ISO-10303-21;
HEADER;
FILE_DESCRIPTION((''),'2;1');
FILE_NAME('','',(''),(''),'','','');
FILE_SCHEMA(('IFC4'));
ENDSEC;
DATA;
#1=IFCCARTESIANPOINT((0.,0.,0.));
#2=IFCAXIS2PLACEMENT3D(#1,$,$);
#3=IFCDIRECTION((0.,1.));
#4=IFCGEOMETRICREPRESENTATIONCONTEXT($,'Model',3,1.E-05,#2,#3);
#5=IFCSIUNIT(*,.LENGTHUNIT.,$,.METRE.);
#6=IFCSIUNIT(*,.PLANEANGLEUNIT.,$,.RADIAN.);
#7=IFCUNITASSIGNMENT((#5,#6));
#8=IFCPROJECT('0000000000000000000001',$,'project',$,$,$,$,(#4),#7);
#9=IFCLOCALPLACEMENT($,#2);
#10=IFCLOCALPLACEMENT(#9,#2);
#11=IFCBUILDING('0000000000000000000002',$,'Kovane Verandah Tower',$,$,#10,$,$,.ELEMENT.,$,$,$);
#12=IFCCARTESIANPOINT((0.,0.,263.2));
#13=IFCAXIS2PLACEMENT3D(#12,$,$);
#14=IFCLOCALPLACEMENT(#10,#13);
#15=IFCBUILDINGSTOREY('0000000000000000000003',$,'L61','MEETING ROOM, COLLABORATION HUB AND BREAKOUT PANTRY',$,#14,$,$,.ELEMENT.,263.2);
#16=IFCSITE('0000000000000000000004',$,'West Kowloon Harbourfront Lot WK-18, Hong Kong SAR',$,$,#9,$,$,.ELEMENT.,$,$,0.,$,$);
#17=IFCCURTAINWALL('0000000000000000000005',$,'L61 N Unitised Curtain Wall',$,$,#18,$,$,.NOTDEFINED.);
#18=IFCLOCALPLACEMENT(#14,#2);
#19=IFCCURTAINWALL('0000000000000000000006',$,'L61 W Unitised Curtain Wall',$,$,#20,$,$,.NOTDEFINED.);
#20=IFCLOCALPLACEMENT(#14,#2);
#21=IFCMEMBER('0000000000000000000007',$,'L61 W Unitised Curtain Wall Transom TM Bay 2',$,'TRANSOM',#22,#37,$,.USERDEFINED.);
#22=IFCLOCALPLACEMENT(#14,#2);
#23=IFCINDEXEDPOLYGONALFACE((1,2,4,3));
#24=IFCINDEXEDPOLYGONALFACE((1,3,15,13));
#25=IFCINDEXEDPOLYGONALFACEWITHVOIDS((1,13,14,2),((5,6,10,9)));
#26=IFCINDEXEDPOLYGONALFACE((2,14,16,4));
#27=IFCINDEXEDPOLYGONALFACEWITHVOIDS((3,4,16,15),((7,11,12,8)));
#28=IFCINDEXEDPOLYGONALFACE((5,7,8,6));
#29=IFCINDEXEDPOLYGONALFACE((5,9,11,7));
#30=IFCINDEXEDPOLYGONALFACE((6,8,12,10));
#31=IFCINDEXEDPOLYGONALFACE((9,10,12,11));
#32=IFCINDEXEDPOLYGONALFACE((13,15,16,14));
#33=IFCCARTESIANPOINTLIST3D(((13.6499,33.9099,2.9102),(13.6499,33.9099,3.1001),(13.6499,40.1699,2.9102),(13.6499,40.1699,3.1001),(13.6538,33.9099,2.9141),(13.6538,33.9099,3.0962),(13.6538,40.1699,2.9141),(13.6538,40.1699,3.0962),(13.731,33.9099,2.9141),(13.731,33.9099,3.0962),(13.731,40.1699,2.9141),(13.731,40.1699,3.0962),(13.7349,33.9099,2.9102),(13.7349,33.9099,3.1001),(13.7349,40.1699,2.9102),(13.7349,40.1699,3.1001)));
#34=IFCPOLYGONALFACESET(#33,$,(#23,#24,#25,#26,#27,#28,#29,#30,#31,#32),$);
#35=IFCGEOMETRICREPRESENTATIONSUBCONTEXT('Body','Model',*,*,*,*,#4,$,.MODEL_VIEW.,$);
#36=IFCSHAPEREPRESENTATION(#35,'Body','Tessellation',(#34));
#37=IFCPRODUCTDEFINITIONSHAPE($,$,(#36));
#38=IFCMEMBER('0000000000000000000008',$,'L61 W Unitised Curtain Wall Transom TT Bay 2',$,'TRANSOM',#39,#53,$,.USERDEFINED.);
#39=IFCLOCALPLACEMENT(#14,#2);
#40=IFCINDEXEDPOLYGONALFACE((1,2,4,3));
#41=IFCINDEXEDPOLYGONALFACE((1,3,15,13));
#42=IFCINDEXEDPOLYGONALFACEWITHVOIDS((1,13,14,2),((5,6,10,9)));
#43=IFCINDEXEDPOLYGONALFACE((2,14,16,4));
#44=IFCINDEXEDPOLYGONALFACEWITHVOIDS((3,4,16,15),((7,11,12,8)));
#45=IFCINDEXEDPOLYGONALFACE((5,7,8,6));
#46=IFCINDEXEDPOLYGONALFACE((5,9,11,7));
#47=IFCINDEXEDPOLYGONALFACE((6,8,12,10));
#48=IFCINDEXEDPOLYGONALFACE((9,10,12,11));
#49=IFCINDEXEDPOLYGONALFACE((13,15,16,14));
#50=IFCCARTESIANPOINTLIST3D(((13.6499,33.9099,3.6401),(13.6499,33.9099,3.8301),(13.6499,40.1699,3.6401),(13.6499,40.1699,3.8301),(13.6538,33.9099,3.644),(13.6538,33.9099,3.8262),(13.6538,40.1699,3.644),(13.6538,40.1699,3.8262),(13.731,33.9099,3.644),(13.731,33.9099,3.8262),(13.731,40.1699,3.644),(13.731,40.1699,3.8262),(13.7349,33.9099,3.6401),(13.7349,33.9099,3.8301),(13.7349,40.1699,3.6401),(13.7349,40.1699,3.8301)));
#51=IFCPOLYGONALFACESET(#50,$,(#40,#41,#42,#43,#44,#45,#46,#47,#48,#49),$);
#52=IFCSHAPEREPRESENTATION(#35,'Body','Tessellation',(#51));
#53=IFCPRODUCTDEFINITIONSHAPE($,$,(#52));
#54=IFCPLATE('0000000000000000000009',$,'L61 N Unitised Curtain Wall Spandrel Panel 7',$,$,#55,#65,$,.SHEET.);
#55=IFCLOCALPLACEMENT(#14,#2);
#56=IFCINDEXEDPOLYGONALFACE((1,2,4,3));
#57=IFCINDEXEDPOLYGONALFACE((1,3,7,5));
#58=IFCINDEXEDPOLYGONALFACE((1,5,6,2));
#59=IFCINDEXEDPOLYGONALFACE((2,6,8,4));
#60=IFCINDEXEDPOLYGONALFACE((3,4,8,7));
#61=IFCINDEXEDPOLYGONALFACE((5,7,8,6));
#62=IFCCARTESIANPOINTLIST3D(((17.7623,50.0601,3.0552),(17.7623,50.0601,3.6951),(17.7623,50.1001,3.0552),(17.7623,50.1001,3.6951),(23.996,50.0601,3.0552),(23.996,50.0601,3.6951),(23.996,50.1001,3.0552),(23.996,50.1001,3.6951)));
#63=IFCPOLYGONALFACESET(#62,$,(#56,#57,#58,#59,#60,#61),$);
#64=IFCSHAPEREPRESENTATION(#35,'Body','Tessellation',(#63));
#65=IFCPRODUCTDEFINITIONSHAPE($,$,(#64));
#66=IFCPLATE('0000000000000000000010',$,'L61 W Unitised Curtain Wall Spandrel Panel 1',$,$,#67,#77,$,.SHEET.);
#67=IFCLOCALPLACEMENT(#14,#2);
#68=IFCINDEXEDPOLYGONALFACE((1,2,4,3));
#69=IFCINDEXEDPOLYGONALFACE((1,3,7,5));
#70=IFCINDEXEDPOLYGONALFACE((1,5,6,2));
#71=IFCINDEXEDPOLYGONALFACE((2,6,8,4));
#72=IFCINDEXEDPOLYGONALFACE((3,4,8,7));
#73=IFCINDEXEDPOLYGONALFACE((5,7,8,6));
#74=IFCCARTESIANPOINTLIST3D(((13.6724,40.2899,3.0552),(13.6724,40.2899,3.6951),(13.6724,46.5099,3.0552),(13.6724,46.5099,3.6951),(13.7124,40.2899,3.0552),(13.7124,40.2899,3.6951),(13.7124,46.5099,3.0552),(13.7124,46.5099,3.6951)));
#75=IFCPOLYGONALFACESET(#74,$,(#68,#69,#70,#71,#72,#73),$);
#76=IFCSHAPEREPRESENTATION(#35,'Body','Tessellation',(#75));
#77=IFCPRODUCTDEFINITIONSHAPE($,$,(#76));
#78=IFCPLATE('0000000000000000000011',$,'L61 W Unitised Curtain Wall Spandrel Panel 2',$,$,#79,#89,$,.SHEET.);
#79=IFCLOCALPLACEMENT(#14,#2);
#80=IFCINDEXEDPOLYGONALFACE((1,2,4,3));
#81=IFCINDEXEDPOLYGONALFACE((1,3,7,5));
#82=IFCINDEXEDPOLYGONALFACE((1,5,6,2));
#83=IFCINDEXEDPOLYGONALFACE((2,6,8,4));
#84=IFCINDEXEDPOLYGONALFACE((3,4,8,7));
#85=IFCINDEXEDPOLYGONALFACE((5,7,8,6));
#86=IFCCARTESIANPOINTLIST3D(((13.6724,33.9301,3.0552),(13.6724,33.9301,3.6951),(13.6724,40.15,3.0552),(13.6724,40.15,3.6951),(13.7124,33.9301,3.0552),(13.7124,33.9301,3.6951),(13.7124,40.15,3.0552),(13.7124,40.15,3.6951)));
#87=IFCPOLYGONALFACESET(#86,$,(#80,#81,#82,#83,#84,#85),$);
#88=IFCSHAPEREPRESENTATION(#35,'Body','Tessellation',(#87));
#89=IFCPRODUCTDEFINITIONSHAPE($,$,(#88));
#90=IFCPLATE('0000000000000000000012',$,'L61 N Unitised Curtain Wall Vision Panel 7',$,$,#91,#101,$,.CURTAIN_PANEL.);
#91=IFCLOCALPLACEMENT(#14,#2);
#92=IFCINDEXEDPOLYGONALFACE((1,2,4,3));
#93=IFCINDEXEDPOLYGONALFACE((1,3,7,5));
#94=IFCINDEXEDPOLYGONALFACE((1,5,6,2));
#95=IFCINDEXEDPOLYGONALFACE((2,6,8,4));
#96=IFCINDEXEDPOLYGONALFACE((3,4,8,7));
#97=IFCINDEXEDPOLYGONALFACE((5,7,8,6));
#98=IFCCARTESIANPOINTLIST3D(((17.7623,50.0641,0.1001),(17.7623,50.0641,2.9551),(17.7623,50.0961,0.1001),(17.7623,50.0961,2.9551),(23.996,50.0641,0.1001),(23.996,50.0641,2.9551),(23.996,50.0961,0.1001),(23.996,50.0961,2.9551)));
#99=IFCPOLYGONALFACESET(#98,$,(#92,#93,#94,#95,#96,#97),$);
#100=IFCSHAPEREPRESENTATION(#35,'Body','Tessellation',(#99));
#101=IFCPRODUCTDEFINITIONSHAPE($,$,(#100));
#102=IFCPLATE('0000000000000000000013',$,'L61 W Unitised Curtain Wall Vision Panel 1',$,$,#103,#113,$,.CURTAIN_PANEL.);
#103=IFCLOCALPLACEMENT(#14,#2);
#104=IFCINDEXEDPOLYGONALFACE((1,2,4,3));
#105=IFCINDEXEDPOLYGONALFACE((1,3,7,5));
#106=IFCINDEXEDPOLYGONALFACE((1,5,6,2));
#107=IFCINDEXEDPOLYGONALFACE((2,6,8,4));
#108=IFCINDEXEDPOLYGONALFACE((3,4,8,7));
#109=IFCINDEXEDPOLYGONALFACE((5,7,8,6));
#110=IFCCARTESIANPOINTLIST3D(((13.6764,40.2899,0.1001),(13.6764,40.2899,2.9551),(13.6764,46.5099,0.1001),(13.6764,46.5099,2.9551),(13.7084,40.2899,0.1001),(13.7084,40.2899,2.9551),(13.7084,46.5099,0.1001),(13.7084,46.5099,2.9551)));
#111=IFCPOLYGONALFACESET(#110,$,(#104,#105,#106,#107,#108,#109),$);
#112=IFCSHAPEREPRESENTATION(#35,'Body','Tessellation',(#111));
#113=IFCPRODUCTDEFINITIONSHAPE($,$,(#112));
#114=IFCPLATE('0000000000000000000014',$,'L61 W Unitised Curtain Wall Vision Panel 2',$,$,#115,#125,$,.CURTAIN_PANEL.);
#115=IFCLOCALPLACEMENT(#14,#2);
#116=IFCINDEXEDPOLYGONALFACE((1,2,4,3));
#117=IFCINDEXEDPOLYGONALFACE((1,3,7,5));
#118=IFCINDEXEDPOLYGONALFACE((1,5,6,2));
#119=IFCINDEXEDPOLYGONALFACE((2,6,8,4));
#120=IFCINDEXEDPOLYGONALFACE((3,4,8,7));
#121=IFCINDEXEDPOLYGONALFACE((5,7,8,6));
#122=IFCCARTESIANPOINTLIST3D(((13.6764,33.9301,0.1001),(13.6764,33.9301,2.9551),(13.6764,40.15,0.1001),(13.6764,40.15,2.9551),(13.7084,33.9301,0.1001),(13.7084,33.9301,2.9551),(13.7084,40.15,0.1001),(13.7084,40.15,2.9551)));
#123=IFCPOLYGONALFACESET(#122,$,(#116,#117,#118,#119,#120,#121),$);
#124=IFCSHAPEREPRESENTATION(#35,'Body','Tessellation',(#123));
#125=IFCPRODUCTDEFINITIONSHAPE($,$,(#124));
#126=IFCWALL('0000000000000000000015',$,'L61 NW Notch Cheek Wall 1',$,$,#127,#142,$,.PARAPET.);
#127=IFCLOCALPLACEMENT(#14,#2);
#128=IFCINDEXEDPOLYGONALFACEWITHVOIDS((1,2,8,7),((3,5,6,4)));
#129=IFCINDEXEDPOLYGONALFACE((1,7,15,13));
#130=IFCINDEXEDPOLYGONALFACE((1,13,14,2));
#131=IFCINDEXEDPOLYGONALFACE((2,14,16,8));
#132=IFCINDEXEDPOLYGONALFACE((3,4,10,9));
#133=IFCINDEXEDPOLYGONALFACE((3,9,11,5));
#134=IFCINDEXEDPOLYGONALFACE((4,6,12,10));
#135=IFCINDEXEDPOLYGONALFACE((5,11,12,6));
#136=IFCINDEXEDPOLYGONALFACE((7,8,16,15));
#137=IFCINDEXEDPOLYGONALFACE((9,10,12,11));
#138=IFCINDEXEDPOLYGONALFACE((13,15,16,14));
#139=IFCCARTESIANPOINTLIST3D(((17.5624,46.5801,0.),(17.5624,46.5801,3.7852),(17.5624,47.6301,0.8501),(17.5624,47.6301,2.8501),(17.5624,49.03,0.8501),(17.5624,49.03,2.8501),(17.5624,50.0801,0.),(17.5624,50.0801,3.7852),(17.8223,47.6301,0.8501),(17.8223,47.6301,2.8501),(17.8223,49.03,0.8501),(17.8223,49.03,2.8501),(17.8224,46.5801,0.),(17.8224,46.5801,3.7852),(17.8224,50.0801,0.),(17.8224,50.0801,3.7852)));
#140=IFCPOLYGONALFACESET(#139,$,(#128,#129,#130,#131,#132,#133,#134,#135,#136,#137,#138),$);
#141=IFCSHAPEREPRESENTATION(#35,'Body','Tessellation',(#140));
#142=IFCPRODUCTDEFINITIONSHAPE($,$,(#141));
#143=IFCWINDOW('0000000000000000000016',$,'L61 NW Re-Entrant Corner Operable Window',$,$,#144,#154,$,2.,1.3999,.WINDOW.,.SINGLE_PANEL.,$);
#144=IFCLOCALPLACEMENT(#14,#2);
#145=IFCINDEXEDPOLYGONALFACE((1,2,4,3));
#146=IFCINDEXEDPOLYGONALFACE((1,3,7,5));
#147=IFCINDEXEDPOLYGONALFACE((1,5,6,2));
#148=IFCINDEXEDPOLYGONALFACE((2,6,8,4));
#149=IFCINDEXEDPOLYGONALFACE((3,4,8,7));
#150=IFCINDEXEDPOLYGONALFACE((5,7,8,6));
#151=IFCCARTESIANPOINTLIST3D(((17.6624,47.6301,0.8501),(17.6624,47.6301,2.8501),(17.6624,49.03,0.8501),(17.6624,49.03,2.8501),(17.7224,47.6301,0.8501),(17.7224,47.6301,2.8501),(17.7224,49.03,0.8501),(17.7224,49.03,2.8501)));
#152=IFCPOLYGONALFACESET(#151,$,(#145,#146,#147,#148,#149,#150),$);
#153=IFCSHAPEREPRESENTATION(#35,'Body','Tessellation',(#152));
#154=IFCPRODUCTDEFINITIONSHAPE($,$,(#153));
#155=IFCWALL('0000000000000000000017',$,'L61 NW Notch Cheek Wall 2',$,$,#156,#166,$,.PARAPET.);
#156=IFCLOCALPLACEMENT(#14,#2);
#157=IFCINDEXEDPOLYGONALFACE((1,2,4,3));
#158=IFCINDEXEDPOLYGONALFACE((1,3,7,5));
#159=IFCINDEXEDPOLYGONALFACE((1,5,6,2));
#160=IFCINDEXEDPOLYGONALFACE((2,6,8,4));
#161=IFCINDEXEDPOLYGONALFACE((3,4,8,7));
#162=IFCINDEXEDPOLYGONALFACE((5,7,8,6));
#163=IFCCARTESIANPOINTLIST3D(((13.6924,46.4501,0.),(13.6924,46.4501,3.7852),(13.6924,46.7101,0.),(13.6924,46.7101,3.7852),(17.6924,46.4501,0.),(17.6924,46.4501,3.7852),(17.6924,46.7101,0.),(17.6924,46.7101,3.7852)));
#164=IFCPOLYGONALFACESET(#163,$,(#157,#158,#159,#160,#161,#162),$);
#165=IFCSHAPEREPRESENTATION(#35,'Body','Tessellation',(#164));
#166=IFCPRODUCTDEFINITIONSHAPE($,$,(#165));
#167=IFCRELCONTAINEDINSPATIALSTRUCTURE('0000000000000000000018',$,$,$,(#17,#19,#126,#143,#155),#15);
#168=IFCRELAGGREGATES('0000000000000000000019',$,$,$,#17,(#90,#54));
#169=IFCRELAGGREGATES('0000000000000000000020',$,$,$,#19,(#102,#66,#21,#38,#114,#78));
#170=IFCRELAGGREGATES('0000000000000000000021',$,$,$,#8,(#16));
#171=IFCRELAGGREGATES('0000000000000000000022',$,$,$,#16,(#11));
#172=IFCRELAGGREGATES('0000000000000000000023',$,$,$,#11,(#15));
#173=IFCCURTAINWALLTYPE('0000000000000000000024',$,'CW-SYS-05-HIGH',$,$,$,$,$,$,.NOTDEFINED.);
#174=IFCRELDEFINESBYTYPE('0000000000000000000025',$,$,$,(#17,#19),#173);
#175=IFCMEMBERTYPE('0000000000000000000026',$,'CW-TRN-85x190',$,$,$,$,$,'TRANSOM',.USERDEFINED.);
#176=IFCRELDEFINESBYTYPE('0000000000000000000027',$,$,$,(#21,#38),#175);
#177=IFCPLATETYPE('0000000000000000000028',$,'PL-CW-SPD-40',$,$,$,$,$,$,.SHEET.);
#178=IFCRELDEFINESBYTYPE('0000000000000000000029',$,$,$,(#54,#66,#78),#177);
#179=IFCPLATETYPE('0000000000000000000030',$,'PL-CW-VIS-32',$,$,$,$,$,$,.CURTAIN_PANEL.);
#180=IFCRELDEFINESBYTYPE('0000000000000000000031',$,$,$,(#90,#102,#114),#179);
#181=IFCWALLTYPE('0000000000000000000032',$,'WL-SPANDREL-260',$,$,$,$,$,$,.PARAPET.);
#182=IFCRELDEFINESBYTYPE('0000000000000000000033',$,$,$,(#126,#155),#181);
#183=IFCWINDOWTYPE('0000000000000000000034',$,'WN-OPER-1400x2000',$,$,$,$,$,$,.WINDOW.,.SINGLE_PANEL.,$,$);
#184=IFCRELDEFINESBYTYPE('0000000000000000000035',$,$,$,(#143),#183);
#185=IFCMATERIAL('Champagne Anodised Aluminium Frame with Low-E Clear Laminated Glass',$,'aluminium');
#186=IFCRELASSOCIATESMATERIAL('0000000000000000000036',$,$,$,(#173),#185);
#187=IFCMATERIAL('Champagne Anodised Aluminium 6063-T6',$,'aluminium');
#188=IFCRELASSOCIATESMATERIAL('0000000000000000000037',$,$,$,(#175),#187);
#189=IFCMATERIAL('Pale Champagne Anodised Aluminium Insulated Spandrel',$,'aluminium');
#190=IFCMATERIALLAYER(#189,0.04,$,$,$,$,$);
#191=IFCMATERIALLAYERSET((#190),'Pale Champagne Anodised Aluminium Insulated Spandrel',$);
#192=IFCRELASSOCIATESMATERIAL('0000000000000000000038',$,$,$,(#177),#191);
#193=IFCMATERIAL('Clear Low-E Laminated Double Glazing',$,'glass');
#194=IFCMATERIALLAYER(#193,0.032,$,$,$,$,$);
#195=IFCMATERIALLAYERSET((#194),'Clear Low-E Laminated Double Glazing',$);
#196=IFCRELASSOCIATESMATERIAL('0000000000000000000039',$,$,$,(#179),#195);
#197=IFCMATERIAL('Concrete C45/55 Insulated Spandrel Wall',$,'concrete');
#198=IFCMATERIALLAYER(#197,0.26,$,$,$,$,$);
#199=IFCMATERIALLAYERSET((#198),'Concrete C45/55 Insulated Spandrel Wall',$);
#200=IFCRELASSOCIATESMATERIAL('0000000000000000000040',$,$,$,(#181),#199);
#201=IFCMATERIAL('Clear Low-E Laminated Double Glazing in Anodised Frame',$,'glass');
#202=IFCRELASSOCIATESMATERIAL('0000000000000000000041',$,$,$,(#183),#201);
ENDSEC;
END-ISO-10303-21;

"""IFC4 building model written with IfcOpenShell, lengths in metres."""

from ifc_helpers import new_model, si_unit, direction, frame, frame_2d, origin, origin_2d, place, context, subcontext, project, spatial, rectangle, hollow_rectangle, extrude, material, layer, layer_set, material_profile, profile_set, type_object, element, fill, aggregate, save


model = new_model("IFC4")

# Units and contexts
model_context = context("Model", 3, precision=1e-05, world=origin(), true_north=direction((0.0, 1.0)))
body_context = subcontext(model_context, "Body", "Model", "MODEL_VIEW")
ifc_project = project(units=[si_unit("LENGTHUNIT", "METRE"), si_unit("PLANEANGLEUNIT", "RADIAN")], contexts=[model_context])

# Site, building, storey
site_placement = place(None, origin())
site = spatial("IfcSite", under=ifc_project, at=site_placement, Name="West Kowloon Harbourfront Lot WK-18, Hong Kong SAR", CompositionType="ELEMENT", RefElevation=0.0)
building_placement = place(site_placement, origin())
building = spatial("IfcBuilding", under=site, at=building_placement, Name="Kovane Verandah Tower", CompositionType="ELEMENT")
storey_placement = place(building_placement, frame((0.0, 0.0, 263.2)))
storey = spatial("IfcBuildingStorey", under=building, at=storey_placement, Name="L61", Description="MEETING ROOM, COLLABORATION HUB AND BREAKOUT PANTRY", CompositionType="ELEMENT", Elevation=263.2)

# Curtain wall
ifc_material_1 = material(Name="Champagne Anodised Aluminium Frame with Low-E Clear Laminated Glass", Category="aluminium")
curtain_wall_type = type_object("IfcCurtainWallType", Name="CW-SYS-05-HIGH", PredefinedType="NOTDEFINED", material=ifc_material_1)
curtain_wall_1_placement = place(storey_placement, origin())
curtain_wall_1 = element("IfcCurtainWall", 1, at=curtain_wall_1_placement, inside=storey, type_object=curtain_wall_type, Name="L61 N Unitised Curtain Wall", PredefinedType="NOTDEFINED")
ifc_material_2 = material(Name="Champagne Anodised Aluminium 6063-T6", Category="aluminium")

# Curtain wall, members
curtain_wall_2_placement = place(storey_placement, origin())
curtain_wall_2 = element("IfcCurtainWall", 2, at=curtain_wall_2_placement, inside=storey, type_object=curtain_wall_type, Name="L61 W Unitised Curtain Wall", PredefinedType="NOTDEFINED")
ifc_material_profile_1 = material_profile(ifc_material_2, hollow_rectangle(XDim=0.085, YDim=0.1899, WallThickness=0.0039, at=origin_2d()), Name="AL85x190x4")
ifc_profile_set_1 = profile_set([ifc_material_profile_1], Name="Champagne Anodised Aluminium 6063-T6")
member_type_1 = type_object("IfcMemberType", Name="CW-TRN-85x190", ElementType="TRANSOM", PredefinedType="USERDEFINED", material=ifc_profile_set_1)
member_1_placement = place(storey_placement, frame((13.6924, 40.1699, 3.0051), z_axis=(0.0, -1.0, 0.0), x_axis=(1.0, 0.0, 0.0)))
member_1 = element("IfcMember", 3, at=member_1_placement, type_object=member_type_1, Name="L61 W Unitised Curtain Wall Transom TM Bay 2", ObjectType="TRANSOM", PredefinedType="USERDEFINED", context=body_context, shape_type="SweptSolid", body=[
    extrude(hollow_rectangle(XDim=0.085, YDim=0.1899, WallThickness=0.0039, at=origin_2d()), origin(), (0.0, 0.0, 1.0), 6.26),
])
member_2_placement = place(storey_placement, frame((13.6924, 40.1699, 3.7351), z_axis=(0.0, -1.0, 0.0), x_axis=(1.0, 0.0, 0.0)))
member_2 = element("IfcMember", 4, at=member_2_placement, type_object=member_type_1, Name="L61 W Unitised Curtain Wall Transom TT Bay 2", ObjectType="TRANSOM", PredefinedType="USERDEFINED", context=body_context, shape_type="SweptSolid", body=[
    extrude(hollow_rectangle(XDim=0.085, YDim=0.1899, WallThickness=0.0039, at=origin_2d()), origin(), (0.0, 0.0, 1.0), 6.26),
])

# Plates
ifc_material_3 = material(Name="Pale Champagne Anodised Aluminium Insulated Spandrel", Category="aluminium")
ifc_layer_1 = layer(ifc_material_3, 0.04)
ifc_layer_set_1 = layer_set([ifc_layer_1], Name="Pale Champagne Anodised Aluminium Insulated Spandrel")
plate_type_1 = type_object("IfcPlateType", Name="PL-CW-SPD-40", PredefinedType="SHEET", material=ifc_layer_set_1)
plate_1_placement = place(storey_placement, frame((20.8792, 50.0801, 3.0552), z_axis=(0.0, 0.0, 1.0), x_axis=(-1.0, 0.0, 0.0)))
plate_1 = element("IfcPlate", 5, at=plate_1_placement, type_object=plate_type_1, Name="L61 N Unitised Curtain Wall Spandrel Panel 7", PredefinedType="SHEET", context=body_context, shape_type="SweptSolid", body=[
    extrude(rectangle(XDim=6.2336, YDim=0.04, at=origin_2d()), origin(), (0.0, 0.0, 1.0), 0.6399),
])
plate_2_placement = place(storey_placement, frame((13.6924, 43.3999, 3.0552), z_axis=(0.0, 0.0, 1.0), x_axis=(0.0, -1.0, 0.0)))
plate_2 = element("IfcPlate", 6, at=plate_2_placement, type_object=plate_type_1, Name="L61 W Unitised Curtain Wall Spandrel Panel 1", PredefinedType="SHEET", context=body_context, shape_type="SweptSolid", body=[
    extrude(rectangle(XDim=6.22, YDim=0.04, at=origin_2d()), origin(), (0.0, 0.0, 1.0), 0.6399),
])
plate_3_placement = place(storey_placement, frame((13.6924, 37.04, 3.0552), z_axis=(0.0, 0.0, 1.0), x_axis=(0.0, -1.0, 0.0)))
plate_3 = element("IfcPlate", 7, at=plate_3_placement, type_object=plate_type_1, Name="L61 W Unitised Curtain Wall Spandrel Panel 2", PredefinedType="SHEET", context=body_context, shape_type="SweptSolid", body=[
    extrude(rectangle(XDim=6.22, YDim=0.04, at=origin_2d()), origin(), (0.0, 0.0, 1.0), 0.6399),
])
ifc_material_4 = material(Name="Clear Low-E Laminated Double Glazing", Category="glass")
ifc_layer_2 = layer(ifc_material_4, 0.032)
ifc_layer_set_2 = layer_set([ifc_layer_2], Name="Clear Low-E Laminated Double Glazing")
plate_type_2 = type_object("IfcPlateType", Name="PL-CW-VIS-32", PredefinedType="CURTAIN_PANEL", material=ifc_layer_set_2)
plate_4_placement = place(storey_placement, frame((20.8792, 50.0801, 0.1001), z_axis=(0.0, 0.0, 1.0), x_axis=(-1.0, 0.0, 0.0)))
plate_4 = element("IfcPlate", 8, at=plate_4_placement, type_object=plate_type_2, Name="L61 N Unitised Curtain Wall Vision Panel 7", PredefinedType="CURTAIN_PANEL", context=body_context, shape_type="SweptSolid", body=[
    extrude(rectangle(XDim=6.2336, YDim=0.032, at=origin_2d()), origin(), (0.0, 0.0, 1.0), 2.855),
])
aggregate(curtain_wall_1, [plate_4, plate_1])
plate_5_placement = place(storey_placement, frame((13.6924, 43.3999, 0.1001), z_axis=(0.0, 0.0, 1.0), x_axis=(0.0, -1.0, 0.0)))
plate_5 = element("IfcPlate", 9, at=plate_5_placement, type_object=plate_type_2, Name="L61 W Unitised Curtain Wall Vision Panel 1", PredefinedType="CURTAIN_PANEL", context=body_context, shape_type="SweptSolid", body=[
    extrude(rectangle(XDim=6.22, YDim=0.032, at=origin_2d()), origin(), (0.0, 0.0, 1.0), 2.855),
])
plate_6_placement = place(storey_placement, frame((13.6924, 37.04, 0.1001), z_axis=(0.0, 0.0, 1.0), x_axis=(0.0, -1.0, 0.0)))
plate_6 = element("IfcPlate", 10, at=plate_6_placement, type_object=plate_type_2, Name="L61 W Unitised Curtain Wall Vision Panel 2", PredefinedType="CURTAIN_PANEL", context=body_context, shape_type="SweptSolid", body=[
    extrude(rectangle(XDim=6.22, YDim=0.032, at=origin_2d()), origin(), (0.0, 0.0, 1.0), 2.855),
])
aggregate(curtain_wall_2, [plate_5, plate_2, member_1, member_2, plate_6, plate_3])

# Wall, opening, window
ifc_material_5 = material(Name="Concrete C45/55 Insulated Spandrel Wall", Category="concrete")
ifc_layer_3 = layer(ifc_material_5, 0.26)
ifc_layer_set_3 = layer_set([ifc_layer_3], Name="Concrete C45/55 Insulated Spandrel Wall")
wall_type = type_object("IfcWallType", Name="WL-SPANDREL-260", PredefinedType="PARAPET", material=ifc_layer_set_3)
wall_1_placement = place(storey_placement, frame((17.6924, 50.0801, 0.0), z_axis=(0.0, 0.0, 1.0), x_axis=(0.0, -1.0, 0.0)))
wall_1 = element("IfcWall", 11, at=wall_1_placement, inside=storey, type_object=wall_type, Name="L61 NW Notch Cheek Wall 1", PredefinedType="PARAPET", context=body_context, shape_type="SweptSolid", body=[
    extrude(rectangle(XDim=3.5, YDim=0.26, at=frame_2d((1.75, 0.0))), origin(), (0.0, 0.0, 1.0), 3.7852),
])
opening_placement = place(wall_1_placement, frame((1.05, 0.0, 0.8501)))
opening = element("IfcOpeningElement", 12, at=opening_placement, cuts=wall_1, PredefinedType="OPENING", context=body_context, shape_type="SweptSolid", body=[
    extrude(rectangle(XDim=1.3999, YDim=2.0, at=frame_2d((0.7, 1.0))), frame((0.0, 0.1299, 0.0), z_axis=(0.0, -1.0, 0.0), x_axis=(1.0, 0.0, 0.0)), (0.0, 0.0, 1.0), 0.26),
])
ifc_material_6 = material(Name="Clear Low-E Laminated Double Glazing in Anodised Frame", Category="glass")
window_type = type_object("IfcWindowType", Name="WN-OPER-1400x2000", PartitioningType="SINGLE_PANEL", PredefinedType="WINDOW", material=ifc_material_6)
window_placement = place(opening_placement, origin())
window = element("IfcWindow", 13, at=window_placement, inside=storey, type_object=window_type, Name="L61 NW Re-Entrant Corner Operable Window", OverallHeight=2.0, OverallWidth=1.3999, PartitioningType="SINGLE_PANEL", PredefinedType="WINDOW", context=body_context, shape_type="SweptSolid", body=[
    extrude(rectangle(XDim=1.3999, YDim=2.0, at=frame_2d((0.7, 1.0))), frame((0.0, 0.03, 0.0), z_axis=(0.0, -1.0, 0.0), x_axis=(1.0, 0.0, 0.0)), (0.0, 0.0, 1.0), 0.0601),
])
fill(opening, window)

# Wall
wall_2_placement = place(storey_placement, frame((17.6924, 46.5801, 0.0), z_axis=(0.0, 0.0, 1.0), x_axis=(-1.0, 0.0, 0.0)))
element("IfcWall", 14, at=wall_2_placement, inside=storey, type_object=wall_type, Name="L61 NW Notch Cheek Wall 2", PredefinedType="PARAPET", context=body_context, shape_type="SweptSolid", body=[
    extrude(rectangle(XDim=4.0, YDim=0.26, at=frame_2d((2.0, 0.0))), origin(), (0.0, 0.0, 1.0), 3.7852),
])

save(model, "model.ifc")
